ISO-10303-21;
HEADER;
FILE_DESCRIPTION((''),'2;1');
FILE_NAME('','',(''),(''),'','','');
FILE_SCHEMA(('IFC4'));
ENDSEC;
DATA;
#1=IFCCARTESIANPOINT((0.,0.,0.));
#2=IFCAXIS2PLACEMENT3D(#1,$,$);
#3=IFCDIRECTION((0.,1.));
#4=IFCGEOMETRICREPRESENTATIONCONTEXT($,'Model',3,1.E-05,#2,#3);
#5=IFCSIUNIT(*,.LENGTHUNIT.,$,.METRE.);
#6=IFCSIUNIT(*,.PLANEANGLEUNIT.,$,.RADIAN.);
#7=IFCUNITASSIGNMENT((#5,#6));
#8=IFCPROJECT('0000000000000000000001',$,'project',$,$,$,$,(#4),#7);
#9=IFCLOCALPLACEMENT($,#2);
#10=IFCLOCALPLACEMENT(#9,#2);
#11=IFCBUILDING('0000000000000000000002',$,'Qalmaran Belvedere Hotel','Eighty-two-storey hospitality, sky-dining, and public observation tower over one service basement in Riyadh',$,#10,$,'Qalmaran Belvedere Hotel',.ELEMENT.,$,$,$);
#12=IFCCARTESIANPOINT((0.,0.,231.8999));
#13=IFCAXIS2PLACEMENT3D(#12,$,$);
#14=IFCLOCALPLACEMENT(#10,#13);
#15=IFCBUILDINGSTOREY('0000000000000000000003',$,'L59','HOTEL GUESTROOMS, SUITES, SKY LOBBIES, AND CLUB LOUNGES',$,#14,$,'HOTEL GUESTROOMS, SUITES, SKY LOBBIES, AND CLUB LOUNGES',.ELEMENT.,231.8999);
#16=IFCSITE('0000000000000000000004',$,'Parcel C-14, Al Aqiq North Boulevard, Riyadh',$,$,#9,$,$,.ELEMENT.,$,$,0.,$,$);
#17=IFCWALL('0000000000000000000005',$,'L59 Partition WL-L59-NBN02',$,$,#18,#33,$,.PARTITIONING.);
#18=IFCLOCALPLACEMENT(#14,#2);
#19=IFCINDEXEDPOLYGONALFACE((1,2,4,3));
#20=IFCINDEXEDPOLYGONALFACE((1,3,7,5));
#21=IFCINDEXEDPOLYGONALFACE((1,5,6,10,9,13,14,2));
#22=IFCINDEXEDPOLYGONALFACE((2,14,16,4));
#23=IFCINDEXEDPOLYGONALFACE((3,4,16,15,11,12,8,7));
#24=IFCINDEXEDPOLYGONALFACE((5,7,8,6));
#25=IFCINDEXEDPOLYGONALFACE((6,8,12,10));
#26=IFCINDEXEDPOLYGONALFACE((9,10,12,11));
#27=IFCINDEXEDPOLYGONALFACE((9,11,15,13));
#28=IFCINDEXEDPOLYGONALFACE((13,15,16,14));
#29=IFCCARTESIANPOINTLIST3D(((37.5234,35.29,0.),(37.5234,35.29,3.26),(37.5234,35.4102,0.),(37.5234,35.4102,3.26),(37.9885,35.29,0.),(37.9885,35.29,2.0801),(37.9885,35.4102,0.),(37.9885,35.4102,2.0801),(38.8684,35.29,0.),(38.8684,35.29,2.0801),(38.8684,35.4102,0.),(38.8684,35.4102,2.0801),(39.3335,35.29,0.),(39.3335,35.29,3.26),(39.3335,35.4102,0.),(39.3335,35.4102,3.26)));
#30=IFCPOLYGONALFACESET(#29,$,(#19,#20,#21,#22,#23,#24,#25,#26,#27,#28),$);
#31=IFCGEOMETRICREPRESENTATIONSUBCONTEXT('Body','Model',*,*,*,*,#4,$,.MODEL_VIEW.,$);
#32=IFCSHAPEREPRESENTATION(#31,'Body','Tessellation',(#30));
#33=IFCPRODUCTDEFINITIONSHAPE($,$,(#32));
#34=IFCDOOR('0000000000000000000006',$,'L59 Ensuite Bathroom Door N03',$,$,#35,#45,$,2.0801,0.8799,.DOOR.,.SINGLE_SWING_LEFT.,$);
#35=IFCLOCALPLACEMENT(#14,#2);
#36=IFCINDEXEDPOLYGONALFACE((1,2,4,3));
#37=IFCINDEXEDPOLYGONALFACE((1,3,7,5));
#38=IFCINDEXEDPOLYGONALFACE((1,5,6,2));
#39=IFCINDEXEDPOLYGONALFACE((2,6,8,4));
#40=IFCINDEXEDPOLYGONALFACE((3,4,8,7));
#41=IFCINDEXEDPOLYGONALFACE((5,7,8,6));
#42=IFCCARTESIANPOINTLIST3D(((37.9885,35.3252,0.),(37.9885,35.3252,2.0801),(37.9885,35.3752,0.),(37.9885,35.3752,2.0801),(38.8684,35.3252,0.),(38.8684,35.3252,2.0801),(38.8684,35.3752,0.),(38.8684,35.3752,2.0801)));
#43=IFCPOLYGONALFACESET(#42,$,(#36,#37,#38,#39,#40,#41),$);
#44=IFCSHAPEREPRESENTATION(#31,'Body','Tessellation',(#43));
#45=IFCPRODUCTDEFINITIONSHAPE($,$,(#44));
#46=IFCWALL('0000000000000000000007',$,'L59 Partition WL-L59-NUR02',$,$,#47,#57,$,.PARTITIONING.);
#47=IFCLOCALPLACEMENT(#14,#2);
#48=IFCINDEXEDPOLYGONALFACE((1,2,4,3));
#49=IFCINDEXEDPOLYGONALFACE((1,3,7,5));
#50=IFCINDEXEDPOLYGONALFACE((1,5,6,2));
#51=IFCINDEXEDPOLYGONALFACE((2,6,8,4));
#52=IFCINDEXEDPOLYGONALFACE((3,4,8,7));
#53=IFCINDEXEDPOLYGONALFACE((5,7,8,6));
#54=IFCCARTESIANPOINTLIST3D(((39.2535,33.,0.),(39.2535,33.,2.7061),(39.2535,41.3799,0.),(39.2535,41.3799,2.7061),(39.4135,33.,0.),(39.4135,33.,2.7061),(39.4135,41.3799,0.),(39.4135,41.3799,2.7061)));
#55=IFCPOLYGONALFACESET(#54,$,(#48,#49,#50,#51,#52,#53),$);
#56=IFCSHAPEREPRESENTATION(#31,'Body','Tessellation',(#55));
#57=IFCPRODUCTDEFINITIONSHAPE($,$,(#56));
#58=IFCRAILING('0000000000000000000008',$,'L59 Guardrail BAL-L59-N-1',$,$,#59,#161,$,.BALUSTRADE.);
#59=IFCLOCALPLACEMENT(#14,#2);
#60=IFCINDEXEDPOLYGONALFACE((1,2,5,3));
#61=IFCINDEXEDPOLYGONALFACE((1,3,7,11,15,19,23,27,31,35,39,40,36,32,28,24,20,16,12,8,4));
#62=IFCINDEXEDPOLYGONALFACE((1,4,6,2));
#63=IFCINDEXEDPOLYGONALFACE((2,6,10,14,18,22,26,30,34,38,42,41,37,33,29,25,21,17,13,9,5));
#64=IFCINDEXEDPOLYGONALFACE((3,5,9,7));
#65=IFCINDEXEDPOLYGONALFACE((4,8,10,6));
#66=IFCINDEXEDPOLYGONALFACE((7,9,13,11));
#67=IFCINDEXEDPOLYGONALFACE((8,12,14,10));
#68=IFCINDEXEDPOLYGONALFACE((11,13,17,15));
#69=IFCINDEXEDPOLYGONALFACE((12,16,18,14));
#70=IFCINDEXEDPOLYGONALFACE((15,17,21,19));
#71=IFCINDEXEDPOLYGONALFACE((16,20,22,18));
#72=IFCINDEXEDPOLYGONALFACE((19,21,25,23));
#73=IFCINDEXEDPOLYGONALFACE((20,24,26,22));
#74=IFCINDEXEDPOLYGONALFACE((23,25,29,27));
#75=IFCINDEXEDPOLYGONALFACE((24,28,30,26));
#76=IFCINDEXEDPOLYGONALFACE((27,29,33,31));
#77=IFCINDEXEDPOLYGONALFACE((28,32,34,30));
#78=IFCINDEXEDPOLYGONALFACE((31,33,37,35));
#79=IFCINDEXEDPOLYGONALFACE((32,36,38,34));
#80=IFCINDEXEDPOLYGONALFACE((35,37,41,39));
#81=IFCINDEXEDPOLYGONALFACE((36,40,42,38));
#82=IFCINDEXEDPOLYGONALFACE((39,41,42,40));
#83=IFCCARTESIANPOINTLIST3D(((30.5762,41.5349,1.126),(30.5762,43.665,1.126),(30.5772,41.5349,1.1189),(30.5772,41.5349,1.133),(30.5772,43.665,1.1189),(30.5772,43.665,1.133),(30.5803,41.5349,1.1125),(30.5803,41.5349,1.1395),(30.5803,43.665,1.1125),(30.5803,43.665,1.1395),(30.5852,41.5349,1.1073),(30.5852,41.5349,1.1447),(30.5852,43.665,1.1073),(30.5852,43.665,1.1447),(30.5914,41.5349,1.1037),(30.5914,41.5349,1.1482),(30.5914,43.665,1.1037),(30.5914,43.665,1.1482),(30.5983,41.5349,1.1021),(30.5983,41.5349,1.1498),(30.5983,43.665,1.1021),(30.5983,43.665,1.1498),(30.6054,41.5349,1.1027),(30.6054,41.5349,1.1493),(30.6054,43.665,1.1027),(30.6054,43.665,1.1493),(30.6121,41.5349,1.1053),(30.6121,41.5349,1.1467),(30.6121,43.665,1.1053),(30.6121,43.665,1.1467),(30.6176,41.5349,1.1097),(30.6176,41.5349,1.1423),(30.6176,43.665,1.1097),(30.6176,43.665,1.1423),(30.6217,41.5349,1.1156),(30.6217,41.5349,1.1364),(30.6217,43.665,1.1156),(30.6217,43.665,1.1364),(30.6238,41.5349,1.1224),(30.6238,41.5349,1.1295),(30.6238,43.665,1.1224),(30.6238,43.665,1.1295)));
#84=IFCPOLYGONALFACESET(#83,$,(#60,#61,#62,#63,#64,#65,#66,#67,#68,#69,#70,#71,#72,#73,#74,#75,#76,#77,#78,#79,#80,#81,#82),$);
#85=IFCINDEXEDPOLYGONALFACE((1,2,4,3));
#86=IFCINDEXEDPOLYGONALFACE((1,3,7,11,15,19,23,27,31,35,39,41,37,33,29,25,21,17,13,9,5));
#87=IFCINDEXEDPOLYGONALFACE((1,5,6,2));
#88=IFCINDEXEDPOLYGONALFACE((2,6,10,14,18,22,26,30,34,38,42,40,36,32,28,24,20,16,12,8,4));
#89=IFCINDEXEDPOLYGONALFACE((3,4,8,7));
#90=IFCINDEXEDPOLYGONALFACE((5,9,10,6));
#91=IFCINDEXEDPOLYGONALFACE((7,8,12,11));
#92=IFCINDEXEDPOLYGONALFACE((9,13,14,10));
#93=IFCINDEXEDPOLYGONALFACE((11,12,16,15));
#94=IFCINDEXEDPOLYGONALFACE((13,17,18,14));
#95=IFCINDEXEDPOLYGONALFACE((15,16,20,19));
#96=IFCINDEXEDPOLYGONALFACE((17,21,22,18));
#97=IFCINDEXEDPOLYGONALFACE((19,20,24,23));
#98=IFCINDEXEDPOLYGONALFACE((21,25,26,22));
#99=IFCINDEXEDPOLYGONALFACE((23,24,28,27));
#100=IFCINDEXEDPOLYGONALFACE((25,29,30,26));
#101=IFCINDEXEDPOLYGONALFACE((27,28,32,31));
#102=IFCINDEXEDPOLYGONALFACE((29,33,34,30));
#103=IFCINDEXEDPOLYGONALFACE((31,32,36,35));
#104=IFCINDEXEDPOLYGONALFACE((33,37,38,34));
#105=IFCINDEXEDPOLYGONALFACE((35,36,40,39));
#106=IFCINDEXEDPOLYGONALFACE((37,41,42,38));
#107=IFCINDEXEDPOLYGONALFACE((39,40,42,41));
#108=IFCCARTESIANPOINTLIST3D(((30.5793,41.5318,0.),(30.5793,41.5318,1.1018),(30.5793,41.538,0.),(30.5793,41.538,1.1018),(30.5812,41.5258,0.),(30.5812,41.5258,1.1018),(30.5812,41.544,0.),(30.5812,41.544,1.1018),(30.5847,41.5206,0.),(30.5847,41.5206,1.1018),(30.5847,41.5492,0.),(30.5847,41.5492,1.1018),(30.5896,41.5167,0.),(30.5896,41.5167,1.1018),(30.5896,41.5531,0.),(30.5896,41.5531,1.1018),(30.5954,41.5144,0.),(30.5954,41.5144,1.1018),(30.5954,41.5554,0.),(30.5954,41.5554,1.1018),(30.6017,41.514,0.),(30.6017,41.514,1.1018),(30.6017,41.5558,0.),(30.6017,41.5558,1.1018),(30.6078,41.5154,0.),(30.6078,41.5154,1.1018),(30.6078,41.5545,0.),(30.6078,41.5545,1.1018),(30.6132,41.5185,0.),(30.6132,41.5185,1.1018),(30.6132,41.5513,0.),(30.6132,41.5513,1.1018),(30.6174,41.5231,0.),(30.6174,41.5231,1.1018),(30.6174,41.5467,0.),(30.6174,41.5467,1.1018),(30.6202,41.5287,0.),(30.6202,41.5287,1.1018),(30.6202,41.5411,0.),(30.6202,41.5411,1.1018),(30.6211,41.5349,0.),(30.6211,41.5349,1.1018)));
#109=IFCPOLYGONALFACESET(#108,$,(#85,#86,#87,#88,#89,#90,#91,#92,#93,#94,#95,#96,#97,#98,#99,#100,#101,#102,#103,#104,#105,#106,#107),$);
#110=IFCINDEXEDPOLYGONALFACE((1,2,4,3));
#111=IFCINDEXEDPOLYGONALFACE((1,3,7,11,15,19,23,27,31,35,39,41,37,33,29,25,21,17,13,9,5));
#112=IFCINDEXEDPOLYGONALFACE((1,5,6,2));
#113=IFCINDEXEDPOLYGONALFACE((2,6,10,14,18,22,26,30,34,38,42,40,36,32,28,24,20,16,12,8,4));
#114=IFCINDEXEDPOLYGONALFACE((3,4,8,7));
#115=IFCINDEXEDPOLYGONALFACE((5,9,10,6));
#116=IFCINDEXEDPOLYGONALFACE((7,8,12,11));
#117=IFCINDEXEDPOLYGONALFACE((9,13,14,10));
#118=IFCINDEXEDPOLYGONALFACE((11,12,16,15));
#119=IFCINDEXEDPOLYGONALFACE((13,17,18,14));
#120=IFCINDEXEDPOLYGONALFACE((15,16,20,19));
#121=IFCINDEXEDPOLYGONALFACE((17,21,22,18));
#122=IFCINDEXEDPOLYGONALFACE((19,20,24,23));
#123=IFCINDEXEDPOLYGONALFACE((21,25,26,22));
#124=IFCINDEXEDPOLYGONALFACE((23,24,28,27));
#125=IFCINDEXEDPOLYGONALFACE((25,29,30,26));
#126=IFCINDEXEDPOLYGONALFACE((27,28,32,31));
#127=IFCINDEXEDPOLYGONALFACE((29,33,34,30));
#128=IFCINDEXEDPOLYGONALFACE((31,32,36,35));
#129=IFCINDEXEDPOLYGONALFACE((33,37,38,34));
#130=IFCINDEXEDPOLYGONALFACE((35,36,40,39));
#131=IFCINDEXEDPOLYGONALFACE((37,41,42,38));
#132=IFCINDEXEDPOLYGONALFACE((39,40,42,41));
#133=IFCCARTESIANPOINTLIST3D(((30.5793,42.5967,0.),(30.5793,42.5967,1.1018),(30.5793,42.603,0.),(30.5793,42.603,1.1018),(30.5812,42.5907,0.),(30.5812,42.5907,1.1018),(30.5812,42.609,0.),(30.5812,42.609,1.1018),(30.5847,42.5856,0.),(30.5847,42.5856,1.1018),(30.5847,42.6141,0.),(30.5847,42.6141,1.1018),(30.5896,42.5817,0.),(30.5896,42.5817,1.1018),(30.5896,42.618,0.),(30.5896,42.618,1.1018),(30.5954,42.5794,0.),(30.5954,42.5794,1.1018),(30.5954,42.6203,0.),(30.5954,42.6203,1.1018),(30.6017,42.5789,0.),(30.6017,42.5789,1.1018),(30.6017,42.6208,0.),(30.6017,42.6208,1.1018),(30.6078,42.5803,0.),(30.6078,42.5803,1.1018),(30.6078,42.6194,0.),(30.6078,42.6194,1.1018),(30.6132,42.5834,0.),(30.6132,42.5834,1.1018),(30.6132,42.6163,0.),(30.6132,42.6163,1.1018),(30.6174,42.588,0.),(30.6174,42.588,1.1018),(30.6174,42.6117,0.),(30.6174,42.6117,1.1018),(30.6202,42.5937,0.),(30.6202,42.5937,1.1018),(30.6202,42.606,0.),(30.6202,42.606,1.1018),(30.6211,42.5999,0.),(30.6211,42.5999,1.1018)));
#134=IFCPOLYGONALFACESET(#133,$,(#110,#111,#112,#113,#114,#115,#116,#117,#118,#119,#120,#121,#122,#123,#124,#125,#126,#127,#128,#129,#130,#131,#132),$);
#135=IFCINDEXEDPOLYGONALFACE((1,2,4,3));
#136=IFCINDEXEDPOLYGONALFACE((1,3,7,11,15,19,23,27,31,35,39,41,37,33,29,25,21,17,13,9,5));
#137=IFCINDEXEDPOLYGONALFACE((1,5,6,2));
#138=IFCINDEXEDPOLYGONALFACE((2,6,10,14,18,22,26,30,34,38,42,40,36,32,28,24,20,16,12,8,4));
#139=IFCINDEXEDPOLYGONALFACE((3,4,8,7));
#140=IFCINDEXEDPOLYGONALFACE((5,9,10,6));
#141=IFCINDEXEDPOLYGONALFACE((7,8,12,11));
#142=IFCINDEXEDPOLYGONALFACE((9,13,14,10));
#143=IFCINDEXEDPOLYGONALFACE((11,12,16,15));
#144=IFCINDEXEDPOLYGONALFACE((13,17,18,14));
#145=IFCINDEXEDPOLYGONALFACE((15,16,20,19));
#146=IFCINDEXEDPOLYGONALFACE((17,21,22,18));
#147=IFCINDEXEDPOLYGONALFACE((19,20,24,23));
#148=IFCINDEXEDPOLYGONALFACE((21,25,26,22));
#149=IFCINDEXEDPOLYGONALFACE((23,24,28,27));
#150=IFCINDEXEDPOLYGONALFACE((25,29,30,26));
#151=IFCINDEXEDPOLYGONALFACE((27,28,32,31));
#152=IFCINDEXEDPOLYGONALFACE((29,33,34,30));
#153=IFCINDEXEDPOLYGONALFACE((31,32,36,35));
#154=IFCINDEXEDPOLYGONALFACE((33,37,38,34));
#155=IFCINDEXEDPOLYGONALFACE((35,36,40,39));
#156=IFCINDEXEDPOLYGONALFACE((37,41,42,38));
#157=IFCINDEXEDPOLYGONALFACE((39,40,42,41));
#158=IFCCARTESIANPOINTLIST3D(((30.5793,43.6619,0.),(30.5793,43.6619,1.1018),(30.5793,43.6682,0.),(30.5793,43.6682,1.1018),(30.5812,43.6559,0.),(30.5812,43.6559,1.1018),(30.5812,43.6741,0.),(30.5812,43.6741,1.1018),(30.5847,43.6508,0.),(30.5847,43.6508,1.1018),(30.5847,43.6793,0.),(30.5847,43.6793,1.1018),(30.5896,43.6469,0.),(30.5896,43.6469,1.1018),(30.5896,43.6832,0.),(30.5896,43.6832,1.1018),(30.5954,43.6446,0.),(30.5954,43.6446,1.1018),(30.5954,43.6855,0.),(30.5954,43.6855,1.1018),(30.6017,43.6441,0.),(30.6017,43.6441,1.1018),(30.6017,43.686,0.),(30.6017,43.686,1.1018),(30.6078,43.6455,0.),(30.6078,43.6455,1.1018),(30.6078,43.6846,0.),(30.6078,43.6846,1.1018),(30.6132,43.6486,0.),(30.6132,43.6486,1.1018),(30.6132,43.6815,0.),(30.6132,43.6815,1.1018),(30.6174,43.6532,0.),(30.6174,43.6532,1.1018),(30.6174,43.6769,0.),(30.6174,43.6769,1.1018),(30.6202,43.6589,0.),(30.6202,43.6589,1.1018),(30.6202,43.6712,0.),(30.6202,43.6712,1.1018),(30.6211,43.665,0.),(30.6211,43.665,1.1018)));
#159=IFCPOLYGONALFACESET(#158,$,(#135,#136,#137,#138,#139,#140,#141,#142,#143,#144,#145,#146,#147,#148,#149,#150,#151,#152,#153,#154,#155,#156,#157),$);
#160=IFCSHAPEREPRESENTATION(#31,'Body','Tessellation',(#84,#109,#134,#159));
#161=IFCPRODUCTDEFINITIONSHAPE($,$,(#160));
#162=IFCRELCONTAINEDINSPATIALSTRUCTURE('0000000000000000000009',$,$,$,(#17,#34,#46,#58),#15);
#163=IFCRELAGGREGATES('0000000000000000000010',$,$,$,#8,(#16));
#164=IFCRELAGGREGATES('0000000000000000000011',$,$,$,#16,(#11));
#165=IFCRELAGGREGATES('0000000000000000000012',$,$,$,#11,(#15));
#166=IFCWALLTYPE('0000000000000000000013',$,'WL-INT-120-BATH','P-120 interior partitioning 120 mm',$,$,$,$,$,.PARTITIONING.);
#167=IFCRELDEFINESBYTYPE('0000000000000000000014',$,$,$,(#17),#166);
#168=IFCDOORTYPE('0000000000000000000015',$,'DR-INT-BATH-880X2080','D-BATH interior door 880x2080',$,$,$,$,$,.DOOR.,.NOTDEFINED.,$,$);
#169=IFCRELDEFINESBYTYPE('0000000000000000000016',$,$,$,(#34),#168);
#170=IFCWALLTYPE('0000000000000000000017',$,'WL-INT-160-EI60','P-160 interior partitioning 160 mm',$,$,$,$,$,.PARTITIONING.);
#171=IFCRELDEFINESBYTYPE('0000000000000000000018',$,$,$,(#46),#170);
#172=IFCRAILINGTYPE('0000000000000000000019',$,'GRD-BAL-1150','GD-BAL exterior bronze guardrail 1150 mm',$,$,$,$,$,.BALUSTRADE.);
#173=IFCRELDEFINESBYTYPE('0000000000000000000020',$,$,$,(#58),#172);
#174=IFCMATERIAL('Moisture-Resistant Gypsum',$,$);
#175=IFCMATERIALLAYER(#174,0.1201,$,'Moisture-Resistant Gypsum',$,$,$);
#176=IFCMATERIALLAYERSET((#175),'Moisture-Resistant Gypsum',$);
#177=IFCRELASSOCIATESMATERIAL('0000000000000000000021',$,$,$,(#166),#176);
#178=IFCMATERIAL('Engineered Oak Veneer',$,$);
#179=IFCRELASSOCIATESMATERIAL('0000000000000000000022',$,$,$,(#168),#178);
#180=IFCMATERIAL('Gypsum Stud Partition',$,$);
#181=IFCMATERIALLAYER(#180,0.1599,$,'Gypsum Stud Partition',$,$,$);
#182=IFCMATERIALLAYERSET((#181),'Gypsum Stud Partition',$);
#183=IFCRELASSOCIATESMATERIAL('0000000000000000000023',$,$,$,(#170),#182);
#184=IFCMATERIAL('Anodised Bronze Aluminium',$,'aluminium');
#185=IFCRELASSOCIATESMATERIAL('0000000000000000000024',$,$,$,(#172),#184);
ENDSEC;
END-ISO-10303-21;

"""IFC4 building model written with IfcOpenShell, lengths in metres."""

from ifc_helpers import new_model, si_unit, direction, frame, frame_2d, origin, origin_2d, place, context, subcontext, project, spatial, rectangle, circle, extrude, material, layer, layer_set, type_object, element, fill, save


model = new_model("IFC4")

# Units and contexts
model_context = context("Model", 3, precision=1e-05, world=origin(), true_north=direction((0.0, 1.0)))
body_context = subcontext(model_context, "Body", "Model", "MODEL_VIEW")
ifc_project = project(units=[si_unit("LENGTHUNIT", "METRE"), si_unit("PLANEANGLEUNIT", "RADIAN")], contexts=[model_context])

# Site, building, storey
site_placement = place(None, origin())
site = spatial("IfcSite", under=ifc_project, at=site_placement, Name="Parcel C-14, Al Aqiq North Boulevard, Riyadh", CompositionType="ELEMENT", RefElevation=0.0)
building_placement = place(site_placement, origin())
building = spatial("IfcBuilding", under=site, at=building_placement, Name="Qalmaran Belvedere Hotel", Description="Eighty-two-storey hospitality, sky-dining, and public observation tower over one service basement in Riyadh", LongName="Qalmaran Belvedere Hotel", CompositionType="ELEMENT")
storey_placement = place(building_placement, frame((0.0, 0.0, 231.8999)))
storey = spatial("IfcBuildingStorey", under=building, at=storey_placement, Name="L59", Description="HOTEL GUESTROOMS, SUITES, SKY LOBBIES, AND CLUB LOUNGES", LongName="HOTEL GUESTROOMS, SUITES, SKY LOBBIES, AND CLUB LOUNGES", CompositionType="ELEMENT", Elevation=231.8999)

# Shared definitions
ifc_material_1 = material(Name="Anodised Bronze Aluminium", Category="aluminium")

# Wall, opening, door
ifc_material_2 = material(Name="Moisture-Resistant Gypsum")
ifc_layer_1 = layer(ifc_material_2, 0.1201, Name="Moisture-Resistant Gypsum")
ifc_layer_set_1 = layer_set([ifc_layer_1], Name="Moisture-Resistant Gypsum")
wall_type_1 = type_object("IfcWallType", Name="WL-INT-120-BATH", Description="P-120 interior partitioning 120 mm", PredefinedType="PARTITIONING", material=ifc_layer_set_1)
wall_1_placement = place(storey_placement, frame((37.5234, 35.3501, 0.0), z_axis=(0.0, 0.0, 1.0), x_axis=(1.0, 0.0, 0.0)))
wall_1 = element("IfcWall", 1, at=wall_1_placement, inside=storey, type_object=wall_type_1, Name="L59 Partition WL-L59-NBN02", PredefinedType="PARTITIONING", context=body_context, shape_type="SweptSolid", body=[
    extrude(rectangle(XDim=1.8101, YDim=0.1201, at=frame_2d((0.905, 0.0))), origin(), (0.0, 0.0, 1.0), 3.26),
])
opening_1_placement = place(wall_1_placement, frame((1.345, 0.0, 0.0), z_axis=(0.0, 0.0, 1.0), x_axis=(-1.0, 0.0, 0.0)))
opening_1 = element("IfcOpeningElement", 2, at=opening_1_placement, cuts=wall_1, PredefinedType="OPENING", context=body_context, shape_type="SweptSolid", body=[
    extrude(rectangle(XDim=0.8799, YDim=2.0801, at=frame_2d((0.4399, 1.04))), frame((0.0, 0.0701, 0.0), z_axis=(0.0, -1.0, 0.0), x_axis=(1.0, 0.0, 0.0)), (0.0, 0.0, 1.0), 0.1401),
])
ifc_material_3 = material(Name="Engineered Oak Veneer")
door_type_1 = type_object("IfcDoorType", Name="DR-INT-BATH-880X2080", Description="D-BATH interior door 880x2080", OperationType="NOTDEFINED", PredefinedType="DOOR", material=ifc_material_3)
door_1_placement = place(opening_1_placement, origin())
door_1 = element("IfcDoor", 3, at=door_1_placement, inside=storey, type_object=door_type_1, Name="L59 Ensuite Bathroom Door N03", OperationType="SINGLE_SWING_LEFT", OverallHeight=2.0801, OverallWidth=0.8799, PredefinedType="DOOR", context=body_context, shape_type="SweptSolid", body=[
    extrude(rectangle(XDim=0.8799, YDim=2.0801, at=frame_2d((0.4399, 1.04))), frame((0.0, 0.0249, 0.0), z_axis=(0.0, -1.0, 0.0), x_axis=(1.0, 0.0, 0.0)), (0.0, 0.0, 1.0), 0.05),
])
fill(opening_1, door_1)

# Wall
ifc_material_4 = material(Name="Gypsum Stud Partition")
ifc_layer_2 = layer(ifc_material_4, 0.1599, Name="Gypsum Stud Partition")
ifc_layer_set_2 = layer_set([ifc_layer_2], Name="Gypsum Stud Partition")
wall_type_2 = type_object("IfcWallType", Name="WL-INT-160-EI60", Description="P-160 interior partitioning 160 mm", PredefinedType="PARTITIONING", material=ifc_layer_set_2)
wall_2_placement = place(storey_placement, frame((39.3335, 33.0, 0.0), z_axis=(0.0, 0.0, 1.0), x_axis=(0.0, 1.0, 0.0)))
element("IfcWall", 4, at=wall_2_placement, inside=storey, type_object=wall_type_2, Name="L59 Partition WL-L59-NUR02", PredefinedType="PARTITIONING", context=body_context, shape_type="SweptSolid", body=[
    extrude(rectangle(XDim=8.3799, YDim=0.1599, at=frame_2d((4.1899, 0.0))), origin(), (0.0, 0.0, 1.0), 2.7061),
])

# Railing
railing_type = type_object("IfcRailingType", Name="GRD-BAL-1150", Description="GD-BAL exterior bronze guardrail 1150 mm", PredefinedType="BALUSTRADE", material=ifc_material_1)
railing_1_placement = place(storey_placement, frame((30.6001, 41.5349, 0.0)))
element("IfcRailing", 5, at=railing_1_placement, inside=storey, type_object=railing_type, Name="L59 Guardrail BAL-L59-N-1", PredefinedType="BALUSTRADE", context=body_context, shape_type="SweptSolid", body=[
    extrude(circle(Radius=0.0239, at=origin_2d()), frame((0.0, 0.0, 1.126), z_axis=(0.0, 1.0, 0.0), x_axis=(-1.0, 0.0, 0.0)), (0.0, 0.0, 1.0), 2.1301),
    extrude(circle(Radius=0.021, at=origin_2d()), origin(), (0.0, 0.0, 1.0), 1.1018),
    extrude(circle(Radius=0.021, at=origin_2d()), frame((0.0, 1.0649, 0.0)), (0.0, 0.0, 1.0), 1.1018),
    extrude(circle(Radius=0.021, at=origin_2d()), frame((0.0, 2.1301, 0.0)), (0.0, 0.0, 1.0), 1.1018),
])

save(model, "model.ifc")
